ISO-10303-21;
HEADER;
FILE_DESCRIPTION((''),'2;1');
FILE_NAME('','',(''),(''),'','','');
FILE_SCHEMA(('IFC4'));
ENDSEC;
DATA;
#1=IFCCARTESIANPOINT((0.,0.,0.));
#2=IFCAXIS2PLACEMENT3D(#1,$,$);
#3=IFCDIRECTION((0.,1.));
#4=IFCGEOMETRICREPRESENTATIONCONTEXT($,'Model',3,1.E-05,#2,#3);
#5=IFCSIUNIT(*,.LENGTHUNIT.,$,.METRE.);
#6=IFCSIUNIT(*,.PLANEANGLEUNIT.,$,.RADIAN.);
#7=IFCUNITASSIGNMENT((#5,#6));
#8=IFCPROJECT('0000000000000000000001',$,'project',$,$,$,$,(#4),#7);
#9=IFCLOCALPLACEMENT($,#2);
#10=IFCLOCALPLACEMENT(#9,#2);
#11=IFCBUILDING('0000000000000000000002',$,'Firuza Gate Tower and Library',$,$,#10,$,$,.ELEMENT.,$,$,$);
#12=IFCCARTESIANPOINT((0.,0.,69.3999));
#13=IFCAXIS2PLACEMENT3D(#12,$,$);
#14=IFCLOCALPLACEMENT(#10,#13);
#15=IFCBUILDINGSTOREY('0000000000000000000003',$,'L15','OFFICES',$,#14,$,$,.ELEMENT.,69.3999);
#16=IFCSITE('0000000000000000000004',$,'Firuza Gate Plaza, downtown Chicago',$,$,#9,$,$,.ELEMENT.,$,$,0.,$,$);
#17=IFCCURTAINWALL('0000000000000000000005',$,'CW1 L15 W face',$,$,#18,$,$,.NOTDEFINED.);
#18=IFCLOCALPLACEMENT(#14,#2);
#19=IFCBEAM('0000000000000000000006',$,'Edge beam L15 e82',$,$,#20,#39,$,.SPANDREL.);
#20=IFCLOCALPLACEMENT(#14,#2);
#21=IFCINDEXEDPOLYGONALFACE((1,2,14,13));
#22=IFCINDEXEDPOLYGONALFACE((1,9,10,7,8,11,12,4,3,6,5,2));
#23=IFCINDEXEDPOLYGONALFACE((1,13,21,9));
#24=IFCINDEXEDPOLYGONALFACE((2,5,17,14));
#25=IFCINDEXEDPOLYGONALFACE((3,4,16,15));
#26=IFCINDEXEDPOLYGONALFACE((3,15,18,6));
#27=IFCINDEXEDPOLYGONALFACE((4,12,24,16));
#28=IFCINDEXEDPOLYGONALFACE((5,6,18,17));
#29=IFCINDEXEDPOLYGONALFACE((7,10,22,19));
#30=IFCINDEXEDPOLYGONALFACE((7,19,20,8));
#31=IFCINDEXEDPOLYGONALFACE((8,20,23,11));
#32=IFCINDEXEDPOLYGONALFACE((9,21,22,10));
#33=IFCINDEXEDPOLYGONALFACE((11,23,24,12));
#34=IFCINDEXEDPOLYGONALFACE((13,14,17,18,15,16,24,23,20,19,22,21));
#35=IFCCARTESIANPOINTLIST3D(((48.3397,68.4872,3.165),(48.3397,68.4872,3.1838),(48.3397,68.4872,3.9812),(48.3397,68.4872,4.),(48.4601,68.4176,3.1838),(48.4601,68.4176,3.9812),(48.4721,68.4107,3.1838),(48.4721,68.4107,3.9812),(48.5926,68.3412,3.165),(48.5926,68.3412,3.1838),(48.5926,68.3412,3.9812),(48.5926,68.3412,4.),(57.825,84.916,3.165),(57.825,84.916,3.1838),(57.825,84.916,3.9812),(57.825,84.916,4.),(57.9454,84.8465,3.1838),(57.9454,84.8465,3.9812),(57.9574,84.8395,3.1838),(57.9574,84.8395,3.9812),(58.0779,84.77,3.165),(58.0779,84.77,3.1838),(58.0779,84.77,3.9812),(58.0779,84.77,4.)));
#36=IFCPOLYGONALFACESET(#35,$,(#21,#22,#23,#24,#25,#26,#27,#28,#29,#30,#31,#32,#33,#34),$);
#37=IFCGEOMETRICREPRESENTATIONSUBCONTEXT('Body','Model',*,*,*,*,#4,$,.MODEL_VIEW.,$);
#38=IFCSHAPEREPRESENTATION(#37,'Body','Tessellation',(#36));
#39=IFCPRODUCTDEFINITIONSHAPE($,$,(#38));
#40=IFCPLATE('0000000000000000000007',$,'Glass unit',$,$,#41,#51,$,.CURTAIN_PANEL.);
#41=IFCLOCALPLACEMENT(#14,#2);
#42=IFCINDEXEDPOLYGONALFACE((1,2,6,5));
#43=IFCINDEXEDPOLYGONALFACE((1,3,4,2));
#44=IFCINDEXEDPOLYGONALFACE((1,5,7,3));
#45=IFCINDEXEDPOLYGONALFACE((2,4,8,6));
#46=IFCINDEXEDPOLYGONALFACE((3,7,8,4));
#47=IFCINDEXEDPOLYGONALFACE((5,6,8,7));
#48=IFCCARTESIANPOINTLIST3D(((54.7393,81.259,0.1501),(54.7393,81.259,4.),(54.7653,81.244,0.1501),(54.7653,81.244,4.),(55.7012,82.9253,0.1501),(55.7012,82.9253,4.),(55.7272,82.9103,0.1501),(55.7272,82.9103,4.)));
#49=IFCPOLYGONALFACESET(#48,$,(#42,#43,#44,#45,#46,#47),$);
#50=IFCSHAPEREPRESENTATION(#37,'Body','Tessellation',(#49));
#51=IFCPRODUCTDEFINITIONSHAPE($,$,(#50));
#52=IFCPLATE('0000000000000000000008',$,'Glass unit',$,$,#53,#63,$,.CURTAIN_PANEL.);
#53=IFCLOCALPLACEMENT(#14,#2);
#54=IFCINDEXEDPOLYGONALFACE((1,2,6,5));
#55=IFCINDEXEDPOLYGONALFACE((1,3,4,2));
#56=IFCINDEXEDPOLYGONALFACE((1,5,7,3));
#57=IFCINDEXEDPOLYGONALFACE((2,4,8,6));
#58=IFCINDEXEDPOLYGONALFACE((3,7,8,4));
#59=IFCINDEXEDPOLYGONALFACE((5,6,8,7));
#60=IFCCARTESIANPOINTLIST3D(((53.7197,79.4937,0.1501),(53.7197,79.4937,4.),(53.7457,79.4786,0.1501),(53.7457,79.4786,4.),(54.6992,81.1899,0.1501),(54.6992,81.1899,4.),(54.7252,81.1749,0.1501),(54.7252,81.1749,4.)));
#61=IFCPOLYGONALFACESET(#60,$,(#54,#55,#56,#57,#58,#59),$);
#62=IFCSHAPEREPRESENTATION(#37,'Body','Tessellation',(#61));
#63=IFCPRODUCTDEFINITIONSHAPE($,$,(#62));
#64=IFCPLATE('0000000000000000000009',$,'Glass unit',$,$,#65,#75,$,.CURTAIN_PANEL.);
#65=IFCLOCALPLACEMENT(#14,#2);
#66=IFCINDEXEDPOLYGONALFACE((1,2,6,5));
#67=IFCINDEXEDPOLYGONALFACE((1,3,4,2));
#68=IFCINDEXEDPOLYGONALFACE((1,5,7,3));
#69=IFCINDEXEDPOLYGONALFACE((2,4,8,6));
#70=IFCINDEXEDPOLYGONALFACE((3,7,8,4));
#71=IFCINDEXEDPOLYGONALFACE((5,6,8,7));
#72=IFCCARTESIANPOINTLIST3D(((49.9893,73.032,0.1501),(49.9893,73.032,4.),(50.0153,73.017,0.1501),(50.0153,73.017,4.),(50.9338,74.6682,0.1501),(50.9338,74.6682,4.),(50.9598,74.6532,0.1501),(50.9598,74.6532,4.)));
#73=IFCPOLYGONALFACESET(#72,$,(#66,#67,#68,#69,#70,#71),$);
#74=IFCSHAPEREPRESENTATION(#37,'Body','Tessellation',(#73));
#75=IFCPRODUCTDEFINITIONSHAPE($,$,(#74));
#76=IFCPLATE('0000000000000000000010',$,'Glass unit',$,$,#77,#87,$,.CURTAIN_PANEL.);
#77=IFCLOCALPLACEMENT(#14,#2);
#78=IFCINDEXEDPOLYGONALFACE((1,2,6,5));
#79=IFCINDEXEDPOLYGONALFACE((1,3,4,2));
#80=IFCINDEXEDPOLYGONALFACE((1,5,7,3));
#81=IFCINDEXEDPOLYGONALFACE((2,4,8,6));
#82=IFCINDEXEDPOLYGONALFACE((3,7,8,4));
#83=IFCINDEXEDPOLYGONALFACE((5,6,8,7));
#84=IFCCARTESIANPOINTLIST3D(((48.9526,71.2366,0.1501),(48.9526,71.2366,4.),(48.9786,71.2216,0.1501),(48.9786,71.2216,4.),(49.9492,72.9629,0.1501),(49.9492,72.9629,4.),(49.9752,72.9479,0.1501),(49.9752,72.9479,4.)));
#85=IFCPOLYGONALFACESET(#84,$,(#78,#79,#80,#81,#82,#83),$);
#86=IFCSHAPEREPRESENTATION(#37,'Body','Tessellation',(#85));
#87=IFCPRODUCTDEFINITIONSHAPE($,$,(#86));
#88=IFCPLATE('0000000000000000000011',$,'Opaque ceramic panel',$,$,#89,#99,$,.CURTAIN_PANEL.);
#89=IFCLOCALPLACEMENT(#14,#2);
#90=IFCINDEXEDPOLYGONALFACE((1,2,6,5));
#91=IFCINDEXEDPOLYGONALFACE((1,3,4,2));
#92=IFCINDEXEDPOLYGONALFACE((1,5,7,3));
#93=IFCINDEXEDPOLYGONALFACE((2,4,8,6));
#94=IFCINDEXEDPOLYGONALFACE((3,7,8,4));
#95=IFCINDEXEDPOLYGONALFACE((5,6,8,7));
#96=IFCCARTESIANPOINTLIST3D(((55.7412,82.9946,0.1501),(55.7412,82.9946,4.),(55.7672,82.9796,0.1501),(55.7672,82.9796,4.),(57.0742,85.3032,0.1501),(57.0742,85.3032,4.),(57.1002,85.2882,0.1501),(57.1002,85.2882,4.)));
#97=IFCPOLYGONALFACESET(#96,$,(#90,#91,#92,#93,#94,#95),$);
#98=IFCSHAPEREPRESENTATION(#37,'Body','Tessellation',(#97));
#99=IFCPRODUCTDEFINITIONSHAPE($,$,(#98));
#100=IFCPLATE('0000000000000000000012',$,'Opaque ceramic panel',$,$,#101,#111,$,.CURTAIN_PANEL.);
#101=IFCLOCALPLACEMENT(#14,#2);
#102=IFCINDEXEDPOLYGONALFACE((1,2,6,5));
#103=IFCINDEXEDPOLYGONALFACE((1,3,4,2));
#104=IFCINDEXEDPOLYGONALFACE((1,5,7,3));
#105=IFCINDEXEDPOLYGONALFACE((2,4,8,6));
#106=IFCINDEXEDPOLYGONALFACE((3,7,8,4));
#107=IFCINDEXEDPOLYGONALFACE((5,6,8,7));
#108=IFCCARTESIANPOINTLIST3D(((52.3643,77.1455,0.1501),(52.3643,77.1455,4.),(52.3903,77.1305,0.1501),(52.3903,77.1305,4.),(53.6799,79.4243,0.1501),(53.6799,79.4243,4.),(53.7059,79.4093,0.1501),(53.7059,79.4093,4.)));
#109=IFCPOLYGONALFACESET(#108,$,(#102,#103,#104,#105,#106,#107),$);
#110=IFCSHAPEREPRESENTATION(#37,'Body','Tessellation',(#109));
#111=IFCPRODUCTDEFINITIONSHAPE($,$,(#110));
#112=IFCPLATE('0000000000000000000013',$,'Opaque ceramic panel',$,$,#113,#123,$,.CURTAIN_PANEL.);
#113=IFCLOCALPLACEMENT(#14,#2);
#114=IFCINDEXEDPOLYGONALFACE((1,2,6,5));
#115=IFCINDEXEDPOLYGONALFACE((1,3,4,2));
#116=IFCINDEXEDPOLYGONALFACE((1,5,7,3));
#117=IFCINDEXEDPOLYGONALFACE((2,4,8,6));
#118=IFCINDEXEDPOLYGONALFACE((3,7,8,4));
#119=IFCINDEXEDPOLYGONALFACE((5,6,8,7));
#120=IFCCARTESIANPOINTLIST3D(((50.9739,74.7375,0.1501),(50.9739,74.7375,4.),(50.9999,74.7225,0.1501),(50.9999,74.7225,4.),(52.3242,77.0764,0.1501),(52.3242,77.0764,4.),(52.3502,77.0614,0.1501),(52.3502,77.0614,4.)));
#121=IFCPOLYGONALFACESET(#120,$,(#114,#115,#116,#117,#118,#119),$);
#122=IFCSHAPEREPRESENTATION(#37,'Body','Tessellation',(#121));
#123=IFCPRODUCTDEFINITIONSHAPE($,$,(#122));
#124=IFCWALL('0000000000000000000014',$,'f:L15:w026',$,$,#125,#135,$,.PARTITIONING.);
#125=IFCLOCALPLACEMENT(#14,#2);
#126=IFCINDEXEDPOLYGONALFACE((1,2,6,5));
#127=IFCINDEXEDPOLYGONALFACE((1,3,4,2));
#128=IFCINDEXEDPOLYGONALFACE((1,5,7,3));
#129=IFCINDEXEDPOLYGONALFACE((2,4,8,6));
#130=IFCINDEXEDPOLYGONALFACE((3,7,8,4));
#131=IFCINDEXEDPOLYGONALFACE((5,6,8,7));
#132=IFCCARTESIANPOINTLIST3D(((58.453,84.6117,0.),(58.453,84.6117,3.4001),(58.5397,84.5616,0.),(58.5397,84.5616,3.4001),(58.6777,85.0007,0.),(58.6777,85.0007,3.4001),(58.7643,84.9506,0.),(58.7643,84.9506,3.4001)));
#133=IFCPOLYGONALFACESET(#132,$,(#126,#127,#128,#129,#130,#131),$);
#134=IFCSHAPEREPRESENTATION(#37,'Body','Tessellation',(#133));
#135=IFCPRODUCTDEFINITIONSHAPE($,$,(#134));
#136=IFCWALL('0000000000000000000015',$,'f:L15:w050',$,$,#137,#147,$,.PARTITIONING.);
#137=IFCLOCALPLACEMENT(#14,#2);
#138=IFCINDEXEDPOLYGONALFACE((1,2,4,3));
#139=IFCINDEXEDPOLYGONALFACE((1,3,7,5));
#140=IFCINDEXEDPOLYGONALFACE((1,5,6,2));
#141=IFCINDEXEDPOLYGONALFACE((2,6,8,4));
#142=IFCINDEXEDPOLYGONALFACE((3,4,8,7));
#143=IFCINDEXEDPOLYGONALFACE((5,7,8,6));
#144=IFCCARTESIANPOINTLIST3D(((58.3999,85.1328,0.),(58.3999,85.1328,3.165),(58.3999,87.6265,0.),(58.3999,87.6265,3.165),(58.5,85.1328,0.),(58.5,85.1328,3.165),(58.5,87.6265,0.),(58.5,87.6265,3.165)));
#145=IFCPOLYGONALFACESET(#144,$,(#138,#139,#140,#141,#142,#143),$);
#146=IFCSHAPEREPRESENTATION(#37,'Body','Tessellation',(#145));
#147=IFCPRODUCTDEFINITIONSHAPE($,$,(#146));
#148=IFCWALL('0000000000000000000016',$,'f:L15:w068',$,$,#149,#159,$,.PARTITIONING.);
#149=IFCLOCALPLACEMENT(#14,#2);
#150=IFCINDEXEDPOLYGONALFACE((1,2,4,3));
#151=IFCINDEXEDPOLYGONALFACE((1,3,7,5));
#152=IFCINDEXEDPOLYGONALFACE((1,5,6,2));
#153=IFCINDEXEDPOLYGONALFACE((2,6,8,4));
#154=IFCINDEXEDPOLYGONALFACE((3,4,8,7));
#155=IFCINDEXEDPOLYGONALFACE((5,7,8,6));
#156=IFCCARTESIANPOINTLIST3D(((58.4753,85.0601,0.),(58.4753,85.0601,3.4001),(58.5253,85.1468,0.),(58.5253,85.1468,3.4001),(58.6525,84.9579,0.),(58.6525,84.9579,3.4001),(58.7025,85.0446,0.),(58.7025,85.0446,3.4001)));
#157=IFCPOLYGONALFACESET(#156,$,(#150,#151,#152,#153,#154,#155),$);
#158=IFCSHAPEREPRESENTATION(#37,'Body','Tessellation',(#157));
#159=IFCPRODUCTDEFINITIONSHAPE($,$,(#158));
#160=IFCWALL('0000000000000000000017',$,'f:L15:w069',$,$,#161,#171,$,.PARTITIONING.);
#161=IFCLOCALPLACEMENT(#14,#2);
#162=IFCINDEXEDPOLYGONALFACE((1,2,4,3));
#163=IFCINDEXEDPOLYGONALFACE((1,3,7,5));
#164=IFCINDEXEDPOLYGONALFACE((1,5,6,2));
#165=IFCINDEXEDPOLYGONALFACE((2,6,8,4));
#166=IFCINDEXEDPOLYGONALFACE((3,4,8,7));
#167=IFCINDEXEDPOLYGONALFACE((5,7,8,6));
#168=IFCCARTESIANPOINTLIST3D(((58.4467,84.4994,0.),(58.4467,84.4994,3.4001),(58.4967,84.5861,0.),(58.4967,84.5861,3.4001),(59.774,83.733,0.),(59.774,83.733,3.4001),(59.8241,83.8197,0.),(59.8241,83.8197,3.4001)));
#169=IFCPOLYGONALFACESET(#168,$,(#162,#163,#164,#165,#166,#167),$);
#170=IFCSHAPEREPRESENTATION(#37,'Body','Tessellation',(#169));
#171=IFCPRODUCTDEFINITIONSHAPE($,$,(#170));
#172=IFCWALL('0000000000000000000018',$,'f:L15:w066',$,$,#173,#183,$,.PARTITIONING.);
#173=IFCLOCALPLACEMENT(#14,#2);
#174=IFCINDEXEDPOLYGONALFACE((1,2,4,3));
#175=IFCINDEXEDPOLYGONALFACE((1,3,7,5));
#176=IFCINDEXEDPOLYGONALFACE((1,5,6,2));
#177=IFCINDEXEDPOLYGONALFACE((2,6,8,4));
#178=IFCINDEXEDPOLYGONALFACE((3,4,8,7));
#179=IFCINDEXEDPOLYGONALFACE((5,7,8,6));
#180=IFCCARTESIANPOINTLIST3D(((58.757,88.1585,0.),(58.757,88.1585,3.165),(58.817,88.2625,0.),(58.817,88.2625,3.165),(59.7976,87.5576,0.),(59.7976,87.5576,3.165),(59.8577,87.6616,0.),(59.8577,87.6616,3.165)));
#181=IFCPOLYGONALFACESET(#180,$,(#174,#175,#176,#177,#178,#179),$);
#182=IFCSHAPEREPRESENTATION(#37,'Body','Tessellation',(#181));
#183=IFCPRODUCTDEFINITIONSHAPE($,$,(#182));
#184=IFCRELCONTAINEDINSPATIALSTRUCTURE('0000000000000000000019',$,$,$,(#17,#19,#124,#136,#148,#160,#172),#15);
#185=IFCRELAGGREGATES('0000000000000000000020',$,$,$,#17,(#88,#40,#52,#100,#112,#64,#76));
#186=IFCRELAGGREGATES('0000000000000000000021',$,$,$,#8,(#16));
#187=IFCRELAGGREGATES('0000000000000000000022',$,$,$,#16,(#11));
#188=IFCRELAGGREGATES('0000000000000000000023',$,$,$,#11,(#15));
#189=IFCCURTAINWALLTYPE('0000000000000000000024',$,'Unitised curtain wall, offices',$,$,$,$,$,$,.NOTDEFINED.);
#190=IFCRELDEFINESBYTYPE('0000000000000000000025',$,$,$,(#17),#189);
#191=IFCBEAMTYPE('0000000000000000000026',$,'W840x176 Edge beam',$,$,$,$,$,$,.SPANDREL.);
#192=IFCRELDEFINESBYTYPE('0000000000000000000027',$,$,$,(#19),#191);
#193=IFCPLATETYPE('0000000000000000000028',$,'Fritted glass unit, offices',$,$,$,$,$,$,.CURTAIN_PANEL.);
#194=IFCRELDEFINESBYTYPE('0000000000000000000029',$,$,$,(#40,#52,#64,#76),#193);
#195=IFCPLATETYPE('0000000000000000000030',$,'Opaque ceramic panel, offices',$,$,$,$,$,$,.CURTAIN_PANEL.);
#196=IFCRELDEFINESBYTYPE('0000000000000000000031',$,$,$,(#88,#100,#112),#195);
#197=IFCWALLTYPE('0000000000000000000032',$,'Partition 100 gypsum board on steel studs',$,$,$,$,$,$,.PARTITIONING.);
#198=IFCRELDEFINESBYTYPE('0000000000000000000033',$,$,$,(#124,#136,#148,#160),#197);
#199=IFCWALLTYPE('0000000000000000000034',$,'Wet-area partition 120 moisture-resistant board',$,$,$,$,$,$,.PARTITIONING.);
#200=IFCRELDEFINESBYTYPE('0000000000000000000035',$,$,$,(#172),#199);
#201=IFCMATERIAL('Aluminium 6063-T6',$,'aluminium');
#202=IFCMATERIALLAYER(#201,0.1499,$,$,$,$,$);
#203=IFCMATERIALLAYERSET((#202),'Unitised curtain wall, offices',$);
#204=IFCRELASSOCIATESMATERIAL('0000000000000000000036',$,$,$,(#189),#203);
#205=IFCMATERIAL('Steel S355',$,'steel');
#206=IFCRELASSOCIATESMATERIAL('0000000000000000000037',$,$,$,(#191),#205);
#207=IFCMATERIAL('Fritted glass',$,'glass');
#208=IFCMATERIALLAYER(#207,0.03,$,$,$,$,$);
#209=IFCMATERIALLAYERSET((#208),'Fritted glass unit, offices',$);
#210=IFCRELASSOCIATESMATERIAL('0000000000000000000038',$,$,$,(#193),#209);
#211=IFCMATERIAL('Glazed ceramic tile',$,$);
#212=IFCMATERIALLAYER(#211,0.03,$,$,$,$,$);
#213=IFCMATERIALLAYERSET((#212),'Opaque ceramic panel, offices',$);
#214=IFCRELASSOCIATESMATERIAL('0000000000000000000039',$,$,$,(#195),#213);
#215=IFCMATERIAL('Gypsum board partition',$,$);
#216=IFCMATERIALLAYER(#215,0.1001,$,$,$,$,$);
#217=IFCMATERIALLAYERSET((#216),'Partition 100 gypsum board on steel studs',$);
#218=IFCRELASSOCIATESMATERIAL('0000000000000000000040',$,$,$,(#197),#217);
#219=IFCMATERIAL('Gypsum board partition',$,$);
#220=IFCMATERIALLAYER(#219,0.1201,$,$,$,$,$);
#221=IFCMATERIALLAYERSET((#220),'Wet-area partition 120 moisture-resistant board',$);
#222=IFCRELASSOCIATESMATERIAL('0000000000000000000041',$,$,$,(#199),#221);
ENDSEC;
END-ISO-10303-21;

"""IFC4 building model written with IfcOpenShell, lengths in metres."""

from ifc_helpers import new_model, si_unit, direction, frame, frame_2d, origin, origin_2d, place, context, subcontext, project, spatial, polyline, rectangle, i_section, outline, extrude, material, layer, layer_set, material_profile, profile_set, type_object, element, aggregate, save


model = new_model("IFC4")

# Units and contexts
model_context = context("Model", 3, precision=1e-05, world=origin(), true_north=direction((0.0, 1.0)))
body_context = subcontext(model_context, "Body", "Model", "MODEL_VIEW")
ifc_project = project(units=[si_unit("LENGTHUNIT", "METRE"), si_unit("PLANEANGLEUNIT", "RADIAN")], contexts=[model_context])

# Site, building, storey
site_placement = place(None, origin())
site = spatial("IfcSite", under=ifc_project, at=site_placement, Name="Firuza Gate Plaza, downtown Chicago", CompositionType="ELEMENT", RefElevation=0.0)
building_placement = place(site_placement, origin())
building = spatial("IfcBuilding", under=site, at=building_placement, Name="Firuza Gate Tower and Library", CompositionType="ELEMENT")
storey_placement = place(building_placement, frame((0.0, 0.0, 69.3999)))
storey = spatial("IfcBuildingStorey", under=building, at=storey_placement, Name="L15", Description="OFFICES", CompositionType="ELEMENT", Elevation=69.3999)

# Curtain wall
ifc_material_1 = material(Name="Aluminium 6063-T6", Category="aluminium")
ifc_layer_1 = layer(ifc_material_1, 0.1499)
ifc_layer_set_1 = layer_set([ifc_layer_1], Name="Unitised curtain wall, offices")
curtain_wall_type = type_object("IfcCurtainWallType", Name="Unitised curtain wall, offices", PredefinedType="NOTDEFINED", material=ifc_layer_set_1)
curtain_wall_placement = place(storey_placement, origin())
curtain_wall = element("IfcCurtainWall", 1, at=curtain_wall_placement, inside=storey, type_object=curtain_wall_type, Name="CW1 L15 W face", PredefinedType="NOTDEFINED")

# Beam
ifc_material_2 = material(Name="Steel S355", Category="steel")
ifc_material_profile_1 = material_profile(ifc_material_2, i_section(OverallWidth=0.292, OverallDepth=0.835, WebThickness=0.0139, FlangeThickness=0.0188, at=origin_2d()))
ifc_profile_set_1 = profile_set([ifc_material_profile_1], Name="Steel S355")
beam_type_1 = type_object("IfcBeamType", Name="W840x176 Edge beam", PredefinedType="SPANDREL", material=ifc_profile_set_1)
beam_1_placement = place(storey_placement, frame((57.9514, 84.843, 3.5825), z_axis=(-0.500004, -0.866023, 0.0), x_axis=(0.866023, -0.500004, 0.0)))
element("IfcBeam", 2, at=beam_1_placement, inside=storey, type_object=beam_type_1, Name="Edge beam L15 e82", PredefinedType="SPANDREL", context=body_context, shape_type="SweptSolid", body=[
    extrude(i_section(OverallWidth=0.292, OverallDepth=0.835, WebThickness=0.0139, FlangeThickness=0.0188, at=origin_2d()), origin(), (0.0, 0.0, 1.0), 18.9705),
])

# Plates
ifc_material_3 = material(Name="Fritted glass", Category="glass")
ifc_layer_2 = layer(ifc_material_3, 0.03)
ifc_layer_set_2 = layer_set([ifc_layer_2], Name="Fritted glass unit, offices")
plate_type_1 = type_object("IfcPlateType", Name="Fritted glass unit, offices", PredefinedType="CURTAIN_PANEL", material=ifc_layer_set_2)
plate_1_placement = place(storey_placement, frame((55.7012, 82.9253, 0.1501), z_axis=(-0.866048, 0.49996, 0.0), x_axis=(-0.49996, -0.866048, 0.0)))
plate_1 = element("IfcPlate", 3, at=plate_1_placement, type_object=plate_type_1, Name="Glass unit", PredefinedType="CURTAIN_PANEL", context=body_context, shape_type="SweptSolid", body=[
    extrude(outline(polyline([(0.0, 0.0), (1.924, 0.0), (1.924, 3.8499), (0.0, 3.8499), (0.0, 0.0)])), origin(), (0.0, 0.0, -1.0), 0.03),
])
plate_2_placement = place(storey_placement, frame((54.6992, 81.1899, 0.1501), z_axis=(-0.865995, 0.500053, 0.0), x_axis=(-0.500053, -0.865995, 0.0)))
plate_2 = element("IfcPlate", 4, at=plate_2_placement, type_object=plate_type_1, Name="Glass unit", PredefinedType="CURTAIN_PANEL", context=body_context, shape_type="SweptSolid", body=[
    extrude(outline(polyline([(0.0, 0.0), (1.9588, 0.0), (1.9588, 3.8499), (0.0, 3.8499), (0.0, 0.0)])), origin(), (0.0, 0.0, -1.0), 0.03),
])
plate_3_placement = place(storey_placement, frame((50.9338, 74.6682, 0.1501), z_axis=(-0.866048, 0.499961, 0.0), x_axis=(-0.499961, -0.866048, 0.0)))
plate_3 = element("IfcPlate", 5, at=plate_3_placement, type_object=plate_type_1, Name="Glass unit", PredefinedType="CURTAIN_PANEL", context=body_context, shape_type="SweptSolid", body=[
    extrude(outline(polyline([(0.0, 0.0), (1.8893, 0.0), (1.8893, 3.8499), (0.0, 3.8499), (0.0, 0.0)])), origin(), (0.0, 0.0, -1.0), 0.03),
])
plate_4_placement = place(storey_placement, frame((49.9492, 72.9629, 0.1501), z_axis=(-0.866049, 0.499959, 0.0), x_axis=(-0.499959, -0.866049, 0.0)))
plate_4 = element("IfcPlate", 6, at=plate_4_placement, type_object=plate_type_1, Name="Glass unit", PredefinedType="CURTAIN_PANEL", context=body_context, shape_type="SweptSolid", body=[
    extrude(outline(polyline([(0.0, 0.0), (1.9933, 0.0), (1.9933, 3.8499), (0.0, 3.8499), (0.0, 0.0)])), origin(), (0.0, 0.0, -1.0), 0.03),
])
ifc_material_4 = material(Name="Glazed ceramic tile")
ifc_layer_3 = layer(ifc_material_4, 0.03)
ifc_layer_set_3 = layer_set([ifc_layer_3], Name="Opaque ceramic panel, offices")
plate_type_2 = type_object("IfcPlateType", Name="Opaque ceramic panel, offices", PredefinedType="CURTAIN_PANEL", material=ifc_layer_set_3)
plate_5_placement = place(storey_placement, frame((57.0742, 85.3032, 0.1501), z_axis=(-0.866003, 0.50004, 0.0), x_axis=(-0.50004, -0.866003, 0.0)))
plate_5 = element("IfcPlate", 7, at=plate_5_placement, type_object=plate_type_2, Name="Opaque ceramic panel", PredefinedType="CURTAIN_PANEL", context=body_context, shape_type="SweptSolid", body=[
    extrude(outline(polyline([(0.0, 0.0), (2.6658, 0.0), (2.6658, 3.8499), (0.0, 3.8499), (0.0, 0.0)])), origin(), (0.0, 0.0, -1.0), 0.03),
])
plate_6_placement = place(storey_placement, frame((53.6799, 79.4243, 0.1501), z_axis=(-0.866025, 0.500001, 0.0), x_axis=(-0.500001, -0.866025, 0.0)))
plate_6 = element("IfcPlate", 8, at=plate_6_placement, type_object=plate_type_2, Name="Opaque ceramic panel", PredefinedType="CURTAIN_PANEL", context=body_context, shape_type="SweptSolid", body=[
    extrude(outline(polyline([(0.0, 0.0), (2.6313, 0.0), (2.6313, 3.8499), (0.0, 3.8499), (0.0, 0.0)])), origin(), (0.0, 0.0, -1.0), 0.03),
])
plate_7_placement = place(storey_placement, frame((52.3242, 77.0764, 0.1501), z_axis=(-0.866026, 0.499999, 0.0), x_axis=(-0.499999, -0.866026, 0.0)))
plate_7 = element("IfcPlate", 9, at=plate_7_placement, type_object=plate_type_2, Name="Opaque ceramic panel", PredefinedType="CURTAIN_PANEL", context=body_context, shape_type="SweptSolid", body=[
    extrude(outline(polyline([(0.0, 0.0), (2.7007, 0.0), (2.7007, 3.8499), (0.0, 3.8499), (0.0, 0.0)])), origin(), (0.0, 0.0, -1.0), 0.03),
])
aggregate(curtain_wall, [plate_5, plate_1, plate_2, plate_6, plate_7, plate_3, plate_4])

# Walls
ifc_material_5 = material(Name="Gypsum board partition")
ifc_layer_4 = layer(ifc_material_5, 0.1001)
ifc_layer_set_4 = layer_set([ifc_layer_4], Name="Partition 100 gypsum board on steel studs")
wall_type_1 = type_object("IfcWallType", Name="Partition 100 gypsum board on steel studs", PredefinedType="PARTITIONING", material=ifc_layer_set_4)
wall_1_placement = place(storey_placement, frame((58.4963, 84.5867, 0.0), z_axis=(0.0, 0.0, 1.0), x_axis=(0.500115, 0.865959, 0.0)))
element("IfcWall", 10, at=wall_1_placement, inside=storey, type_object=wall_type_1, Name="f:L15:w026", PredefinedType="PARTITIONING", context=body_context, shape_type="SweptSolid", body=[
    extrude(rectangle(XDim=0.4492, YDim=0.1001, at=frame_2d((0.2246, 0.0))), origin(), (0.0, 0.0, 1.0), 3.4001),
])
wall_2_placement = place(storey_placement, frame((58.45, 85.1328, 0.0), z_axis=(0.0, 0.0, 1.0), x_axis=(0.0, 1.0, 0.0)))
element("IfcWall", 11, at=wall_2_placement, inside=storey, type_object=wall_type_1, Name="f:L15:w050", PredefinedType="PARTITIONING", context=body_context, shape_type="SweptSolid", body=[
    extrude(rectangle(XDim=2.4937, YDim=0.1001, at=frame_2d((1.2468, 0.0))), origin(), (0.0, 0.0, 1.0), 3.165),
])
wall_3_placement = place(storey_placement, frame((58.6775, 85.0012, 0.0), z_axis=(0.0, 0.0, 1.0), x_axis=(-0.866106, 0.49986, 0.0)))
element("IfcWall", 12, at=wall_3_placement, inside=storey, type_object=wall_type_1, Name="f:L15:w068", PredefinedType="PARTITIONING", context=body_context, shape_type="SweptSolid", body=[
    extrude(rectangle(XDim=0.2046, YDim=0.1001, at=frame_2d((0.1023, 0.0))), origin(), (0.0, 0.0, 1.0), 3.4001),
])
wall_4_placement = place(storey_placement, frame((59.7991, 83.7764, 0.0), z_axis=(0.0, 0.0, 1.0), x_axis=(-0.866029, 0.499994, 0.0)))
element("IfcWall", 13, at=wall_4_placement, inside=storey, type_object=wall_type_1, Name="f:L15:w069", PredefinedType="PARTITIONING", context=body_context, shape_type="SweptSolid", body=[
    extrude(rectangle(XDim=1.5327, YDim=0.1001, at=frame_2d((0.7664, 0.0))), origin(), (0.0, 0.0, 1.0), 3.4001),
])
ifc_material_6 = material(Name="Gypsum board partition")
ifc_layer_5 = layer(ifc_material_6, 0.1201)
ifc_layer_set_5 = layer_set([ifc_layer_5], Name="Wet-area partition 120 moisture-resistant board")
wall_type_2 = type_object("IfcWallType", Name="Wet-area partition 120 moisture-resistant board", PredefinedType="PARTITIONING", material=ifc_layer_set_5)
wall_5_placement = place(storey_placement, frame((59.8276, 87.6096, 0.0), z_axis=(0.0, 0.0, 1.0), x_axis=(-0.865996, 0.500051, 0.0)))
element("IfcWall", 14, at=wall_5_placement, inside=storey, type_object=wall_type_2, Name="f:L15:w066", PredefinedType="PARTITIONING", context=body_context, shape_type="SweptSolid", body=[
    extrude(rectangle(XDim=1.2017, YDim=0.1201, at=frame_2d((0.6008, 0.0))), origin(), (0.0, 0.0, 1.0), 3.165),
])

save(model, "model.ifc")
